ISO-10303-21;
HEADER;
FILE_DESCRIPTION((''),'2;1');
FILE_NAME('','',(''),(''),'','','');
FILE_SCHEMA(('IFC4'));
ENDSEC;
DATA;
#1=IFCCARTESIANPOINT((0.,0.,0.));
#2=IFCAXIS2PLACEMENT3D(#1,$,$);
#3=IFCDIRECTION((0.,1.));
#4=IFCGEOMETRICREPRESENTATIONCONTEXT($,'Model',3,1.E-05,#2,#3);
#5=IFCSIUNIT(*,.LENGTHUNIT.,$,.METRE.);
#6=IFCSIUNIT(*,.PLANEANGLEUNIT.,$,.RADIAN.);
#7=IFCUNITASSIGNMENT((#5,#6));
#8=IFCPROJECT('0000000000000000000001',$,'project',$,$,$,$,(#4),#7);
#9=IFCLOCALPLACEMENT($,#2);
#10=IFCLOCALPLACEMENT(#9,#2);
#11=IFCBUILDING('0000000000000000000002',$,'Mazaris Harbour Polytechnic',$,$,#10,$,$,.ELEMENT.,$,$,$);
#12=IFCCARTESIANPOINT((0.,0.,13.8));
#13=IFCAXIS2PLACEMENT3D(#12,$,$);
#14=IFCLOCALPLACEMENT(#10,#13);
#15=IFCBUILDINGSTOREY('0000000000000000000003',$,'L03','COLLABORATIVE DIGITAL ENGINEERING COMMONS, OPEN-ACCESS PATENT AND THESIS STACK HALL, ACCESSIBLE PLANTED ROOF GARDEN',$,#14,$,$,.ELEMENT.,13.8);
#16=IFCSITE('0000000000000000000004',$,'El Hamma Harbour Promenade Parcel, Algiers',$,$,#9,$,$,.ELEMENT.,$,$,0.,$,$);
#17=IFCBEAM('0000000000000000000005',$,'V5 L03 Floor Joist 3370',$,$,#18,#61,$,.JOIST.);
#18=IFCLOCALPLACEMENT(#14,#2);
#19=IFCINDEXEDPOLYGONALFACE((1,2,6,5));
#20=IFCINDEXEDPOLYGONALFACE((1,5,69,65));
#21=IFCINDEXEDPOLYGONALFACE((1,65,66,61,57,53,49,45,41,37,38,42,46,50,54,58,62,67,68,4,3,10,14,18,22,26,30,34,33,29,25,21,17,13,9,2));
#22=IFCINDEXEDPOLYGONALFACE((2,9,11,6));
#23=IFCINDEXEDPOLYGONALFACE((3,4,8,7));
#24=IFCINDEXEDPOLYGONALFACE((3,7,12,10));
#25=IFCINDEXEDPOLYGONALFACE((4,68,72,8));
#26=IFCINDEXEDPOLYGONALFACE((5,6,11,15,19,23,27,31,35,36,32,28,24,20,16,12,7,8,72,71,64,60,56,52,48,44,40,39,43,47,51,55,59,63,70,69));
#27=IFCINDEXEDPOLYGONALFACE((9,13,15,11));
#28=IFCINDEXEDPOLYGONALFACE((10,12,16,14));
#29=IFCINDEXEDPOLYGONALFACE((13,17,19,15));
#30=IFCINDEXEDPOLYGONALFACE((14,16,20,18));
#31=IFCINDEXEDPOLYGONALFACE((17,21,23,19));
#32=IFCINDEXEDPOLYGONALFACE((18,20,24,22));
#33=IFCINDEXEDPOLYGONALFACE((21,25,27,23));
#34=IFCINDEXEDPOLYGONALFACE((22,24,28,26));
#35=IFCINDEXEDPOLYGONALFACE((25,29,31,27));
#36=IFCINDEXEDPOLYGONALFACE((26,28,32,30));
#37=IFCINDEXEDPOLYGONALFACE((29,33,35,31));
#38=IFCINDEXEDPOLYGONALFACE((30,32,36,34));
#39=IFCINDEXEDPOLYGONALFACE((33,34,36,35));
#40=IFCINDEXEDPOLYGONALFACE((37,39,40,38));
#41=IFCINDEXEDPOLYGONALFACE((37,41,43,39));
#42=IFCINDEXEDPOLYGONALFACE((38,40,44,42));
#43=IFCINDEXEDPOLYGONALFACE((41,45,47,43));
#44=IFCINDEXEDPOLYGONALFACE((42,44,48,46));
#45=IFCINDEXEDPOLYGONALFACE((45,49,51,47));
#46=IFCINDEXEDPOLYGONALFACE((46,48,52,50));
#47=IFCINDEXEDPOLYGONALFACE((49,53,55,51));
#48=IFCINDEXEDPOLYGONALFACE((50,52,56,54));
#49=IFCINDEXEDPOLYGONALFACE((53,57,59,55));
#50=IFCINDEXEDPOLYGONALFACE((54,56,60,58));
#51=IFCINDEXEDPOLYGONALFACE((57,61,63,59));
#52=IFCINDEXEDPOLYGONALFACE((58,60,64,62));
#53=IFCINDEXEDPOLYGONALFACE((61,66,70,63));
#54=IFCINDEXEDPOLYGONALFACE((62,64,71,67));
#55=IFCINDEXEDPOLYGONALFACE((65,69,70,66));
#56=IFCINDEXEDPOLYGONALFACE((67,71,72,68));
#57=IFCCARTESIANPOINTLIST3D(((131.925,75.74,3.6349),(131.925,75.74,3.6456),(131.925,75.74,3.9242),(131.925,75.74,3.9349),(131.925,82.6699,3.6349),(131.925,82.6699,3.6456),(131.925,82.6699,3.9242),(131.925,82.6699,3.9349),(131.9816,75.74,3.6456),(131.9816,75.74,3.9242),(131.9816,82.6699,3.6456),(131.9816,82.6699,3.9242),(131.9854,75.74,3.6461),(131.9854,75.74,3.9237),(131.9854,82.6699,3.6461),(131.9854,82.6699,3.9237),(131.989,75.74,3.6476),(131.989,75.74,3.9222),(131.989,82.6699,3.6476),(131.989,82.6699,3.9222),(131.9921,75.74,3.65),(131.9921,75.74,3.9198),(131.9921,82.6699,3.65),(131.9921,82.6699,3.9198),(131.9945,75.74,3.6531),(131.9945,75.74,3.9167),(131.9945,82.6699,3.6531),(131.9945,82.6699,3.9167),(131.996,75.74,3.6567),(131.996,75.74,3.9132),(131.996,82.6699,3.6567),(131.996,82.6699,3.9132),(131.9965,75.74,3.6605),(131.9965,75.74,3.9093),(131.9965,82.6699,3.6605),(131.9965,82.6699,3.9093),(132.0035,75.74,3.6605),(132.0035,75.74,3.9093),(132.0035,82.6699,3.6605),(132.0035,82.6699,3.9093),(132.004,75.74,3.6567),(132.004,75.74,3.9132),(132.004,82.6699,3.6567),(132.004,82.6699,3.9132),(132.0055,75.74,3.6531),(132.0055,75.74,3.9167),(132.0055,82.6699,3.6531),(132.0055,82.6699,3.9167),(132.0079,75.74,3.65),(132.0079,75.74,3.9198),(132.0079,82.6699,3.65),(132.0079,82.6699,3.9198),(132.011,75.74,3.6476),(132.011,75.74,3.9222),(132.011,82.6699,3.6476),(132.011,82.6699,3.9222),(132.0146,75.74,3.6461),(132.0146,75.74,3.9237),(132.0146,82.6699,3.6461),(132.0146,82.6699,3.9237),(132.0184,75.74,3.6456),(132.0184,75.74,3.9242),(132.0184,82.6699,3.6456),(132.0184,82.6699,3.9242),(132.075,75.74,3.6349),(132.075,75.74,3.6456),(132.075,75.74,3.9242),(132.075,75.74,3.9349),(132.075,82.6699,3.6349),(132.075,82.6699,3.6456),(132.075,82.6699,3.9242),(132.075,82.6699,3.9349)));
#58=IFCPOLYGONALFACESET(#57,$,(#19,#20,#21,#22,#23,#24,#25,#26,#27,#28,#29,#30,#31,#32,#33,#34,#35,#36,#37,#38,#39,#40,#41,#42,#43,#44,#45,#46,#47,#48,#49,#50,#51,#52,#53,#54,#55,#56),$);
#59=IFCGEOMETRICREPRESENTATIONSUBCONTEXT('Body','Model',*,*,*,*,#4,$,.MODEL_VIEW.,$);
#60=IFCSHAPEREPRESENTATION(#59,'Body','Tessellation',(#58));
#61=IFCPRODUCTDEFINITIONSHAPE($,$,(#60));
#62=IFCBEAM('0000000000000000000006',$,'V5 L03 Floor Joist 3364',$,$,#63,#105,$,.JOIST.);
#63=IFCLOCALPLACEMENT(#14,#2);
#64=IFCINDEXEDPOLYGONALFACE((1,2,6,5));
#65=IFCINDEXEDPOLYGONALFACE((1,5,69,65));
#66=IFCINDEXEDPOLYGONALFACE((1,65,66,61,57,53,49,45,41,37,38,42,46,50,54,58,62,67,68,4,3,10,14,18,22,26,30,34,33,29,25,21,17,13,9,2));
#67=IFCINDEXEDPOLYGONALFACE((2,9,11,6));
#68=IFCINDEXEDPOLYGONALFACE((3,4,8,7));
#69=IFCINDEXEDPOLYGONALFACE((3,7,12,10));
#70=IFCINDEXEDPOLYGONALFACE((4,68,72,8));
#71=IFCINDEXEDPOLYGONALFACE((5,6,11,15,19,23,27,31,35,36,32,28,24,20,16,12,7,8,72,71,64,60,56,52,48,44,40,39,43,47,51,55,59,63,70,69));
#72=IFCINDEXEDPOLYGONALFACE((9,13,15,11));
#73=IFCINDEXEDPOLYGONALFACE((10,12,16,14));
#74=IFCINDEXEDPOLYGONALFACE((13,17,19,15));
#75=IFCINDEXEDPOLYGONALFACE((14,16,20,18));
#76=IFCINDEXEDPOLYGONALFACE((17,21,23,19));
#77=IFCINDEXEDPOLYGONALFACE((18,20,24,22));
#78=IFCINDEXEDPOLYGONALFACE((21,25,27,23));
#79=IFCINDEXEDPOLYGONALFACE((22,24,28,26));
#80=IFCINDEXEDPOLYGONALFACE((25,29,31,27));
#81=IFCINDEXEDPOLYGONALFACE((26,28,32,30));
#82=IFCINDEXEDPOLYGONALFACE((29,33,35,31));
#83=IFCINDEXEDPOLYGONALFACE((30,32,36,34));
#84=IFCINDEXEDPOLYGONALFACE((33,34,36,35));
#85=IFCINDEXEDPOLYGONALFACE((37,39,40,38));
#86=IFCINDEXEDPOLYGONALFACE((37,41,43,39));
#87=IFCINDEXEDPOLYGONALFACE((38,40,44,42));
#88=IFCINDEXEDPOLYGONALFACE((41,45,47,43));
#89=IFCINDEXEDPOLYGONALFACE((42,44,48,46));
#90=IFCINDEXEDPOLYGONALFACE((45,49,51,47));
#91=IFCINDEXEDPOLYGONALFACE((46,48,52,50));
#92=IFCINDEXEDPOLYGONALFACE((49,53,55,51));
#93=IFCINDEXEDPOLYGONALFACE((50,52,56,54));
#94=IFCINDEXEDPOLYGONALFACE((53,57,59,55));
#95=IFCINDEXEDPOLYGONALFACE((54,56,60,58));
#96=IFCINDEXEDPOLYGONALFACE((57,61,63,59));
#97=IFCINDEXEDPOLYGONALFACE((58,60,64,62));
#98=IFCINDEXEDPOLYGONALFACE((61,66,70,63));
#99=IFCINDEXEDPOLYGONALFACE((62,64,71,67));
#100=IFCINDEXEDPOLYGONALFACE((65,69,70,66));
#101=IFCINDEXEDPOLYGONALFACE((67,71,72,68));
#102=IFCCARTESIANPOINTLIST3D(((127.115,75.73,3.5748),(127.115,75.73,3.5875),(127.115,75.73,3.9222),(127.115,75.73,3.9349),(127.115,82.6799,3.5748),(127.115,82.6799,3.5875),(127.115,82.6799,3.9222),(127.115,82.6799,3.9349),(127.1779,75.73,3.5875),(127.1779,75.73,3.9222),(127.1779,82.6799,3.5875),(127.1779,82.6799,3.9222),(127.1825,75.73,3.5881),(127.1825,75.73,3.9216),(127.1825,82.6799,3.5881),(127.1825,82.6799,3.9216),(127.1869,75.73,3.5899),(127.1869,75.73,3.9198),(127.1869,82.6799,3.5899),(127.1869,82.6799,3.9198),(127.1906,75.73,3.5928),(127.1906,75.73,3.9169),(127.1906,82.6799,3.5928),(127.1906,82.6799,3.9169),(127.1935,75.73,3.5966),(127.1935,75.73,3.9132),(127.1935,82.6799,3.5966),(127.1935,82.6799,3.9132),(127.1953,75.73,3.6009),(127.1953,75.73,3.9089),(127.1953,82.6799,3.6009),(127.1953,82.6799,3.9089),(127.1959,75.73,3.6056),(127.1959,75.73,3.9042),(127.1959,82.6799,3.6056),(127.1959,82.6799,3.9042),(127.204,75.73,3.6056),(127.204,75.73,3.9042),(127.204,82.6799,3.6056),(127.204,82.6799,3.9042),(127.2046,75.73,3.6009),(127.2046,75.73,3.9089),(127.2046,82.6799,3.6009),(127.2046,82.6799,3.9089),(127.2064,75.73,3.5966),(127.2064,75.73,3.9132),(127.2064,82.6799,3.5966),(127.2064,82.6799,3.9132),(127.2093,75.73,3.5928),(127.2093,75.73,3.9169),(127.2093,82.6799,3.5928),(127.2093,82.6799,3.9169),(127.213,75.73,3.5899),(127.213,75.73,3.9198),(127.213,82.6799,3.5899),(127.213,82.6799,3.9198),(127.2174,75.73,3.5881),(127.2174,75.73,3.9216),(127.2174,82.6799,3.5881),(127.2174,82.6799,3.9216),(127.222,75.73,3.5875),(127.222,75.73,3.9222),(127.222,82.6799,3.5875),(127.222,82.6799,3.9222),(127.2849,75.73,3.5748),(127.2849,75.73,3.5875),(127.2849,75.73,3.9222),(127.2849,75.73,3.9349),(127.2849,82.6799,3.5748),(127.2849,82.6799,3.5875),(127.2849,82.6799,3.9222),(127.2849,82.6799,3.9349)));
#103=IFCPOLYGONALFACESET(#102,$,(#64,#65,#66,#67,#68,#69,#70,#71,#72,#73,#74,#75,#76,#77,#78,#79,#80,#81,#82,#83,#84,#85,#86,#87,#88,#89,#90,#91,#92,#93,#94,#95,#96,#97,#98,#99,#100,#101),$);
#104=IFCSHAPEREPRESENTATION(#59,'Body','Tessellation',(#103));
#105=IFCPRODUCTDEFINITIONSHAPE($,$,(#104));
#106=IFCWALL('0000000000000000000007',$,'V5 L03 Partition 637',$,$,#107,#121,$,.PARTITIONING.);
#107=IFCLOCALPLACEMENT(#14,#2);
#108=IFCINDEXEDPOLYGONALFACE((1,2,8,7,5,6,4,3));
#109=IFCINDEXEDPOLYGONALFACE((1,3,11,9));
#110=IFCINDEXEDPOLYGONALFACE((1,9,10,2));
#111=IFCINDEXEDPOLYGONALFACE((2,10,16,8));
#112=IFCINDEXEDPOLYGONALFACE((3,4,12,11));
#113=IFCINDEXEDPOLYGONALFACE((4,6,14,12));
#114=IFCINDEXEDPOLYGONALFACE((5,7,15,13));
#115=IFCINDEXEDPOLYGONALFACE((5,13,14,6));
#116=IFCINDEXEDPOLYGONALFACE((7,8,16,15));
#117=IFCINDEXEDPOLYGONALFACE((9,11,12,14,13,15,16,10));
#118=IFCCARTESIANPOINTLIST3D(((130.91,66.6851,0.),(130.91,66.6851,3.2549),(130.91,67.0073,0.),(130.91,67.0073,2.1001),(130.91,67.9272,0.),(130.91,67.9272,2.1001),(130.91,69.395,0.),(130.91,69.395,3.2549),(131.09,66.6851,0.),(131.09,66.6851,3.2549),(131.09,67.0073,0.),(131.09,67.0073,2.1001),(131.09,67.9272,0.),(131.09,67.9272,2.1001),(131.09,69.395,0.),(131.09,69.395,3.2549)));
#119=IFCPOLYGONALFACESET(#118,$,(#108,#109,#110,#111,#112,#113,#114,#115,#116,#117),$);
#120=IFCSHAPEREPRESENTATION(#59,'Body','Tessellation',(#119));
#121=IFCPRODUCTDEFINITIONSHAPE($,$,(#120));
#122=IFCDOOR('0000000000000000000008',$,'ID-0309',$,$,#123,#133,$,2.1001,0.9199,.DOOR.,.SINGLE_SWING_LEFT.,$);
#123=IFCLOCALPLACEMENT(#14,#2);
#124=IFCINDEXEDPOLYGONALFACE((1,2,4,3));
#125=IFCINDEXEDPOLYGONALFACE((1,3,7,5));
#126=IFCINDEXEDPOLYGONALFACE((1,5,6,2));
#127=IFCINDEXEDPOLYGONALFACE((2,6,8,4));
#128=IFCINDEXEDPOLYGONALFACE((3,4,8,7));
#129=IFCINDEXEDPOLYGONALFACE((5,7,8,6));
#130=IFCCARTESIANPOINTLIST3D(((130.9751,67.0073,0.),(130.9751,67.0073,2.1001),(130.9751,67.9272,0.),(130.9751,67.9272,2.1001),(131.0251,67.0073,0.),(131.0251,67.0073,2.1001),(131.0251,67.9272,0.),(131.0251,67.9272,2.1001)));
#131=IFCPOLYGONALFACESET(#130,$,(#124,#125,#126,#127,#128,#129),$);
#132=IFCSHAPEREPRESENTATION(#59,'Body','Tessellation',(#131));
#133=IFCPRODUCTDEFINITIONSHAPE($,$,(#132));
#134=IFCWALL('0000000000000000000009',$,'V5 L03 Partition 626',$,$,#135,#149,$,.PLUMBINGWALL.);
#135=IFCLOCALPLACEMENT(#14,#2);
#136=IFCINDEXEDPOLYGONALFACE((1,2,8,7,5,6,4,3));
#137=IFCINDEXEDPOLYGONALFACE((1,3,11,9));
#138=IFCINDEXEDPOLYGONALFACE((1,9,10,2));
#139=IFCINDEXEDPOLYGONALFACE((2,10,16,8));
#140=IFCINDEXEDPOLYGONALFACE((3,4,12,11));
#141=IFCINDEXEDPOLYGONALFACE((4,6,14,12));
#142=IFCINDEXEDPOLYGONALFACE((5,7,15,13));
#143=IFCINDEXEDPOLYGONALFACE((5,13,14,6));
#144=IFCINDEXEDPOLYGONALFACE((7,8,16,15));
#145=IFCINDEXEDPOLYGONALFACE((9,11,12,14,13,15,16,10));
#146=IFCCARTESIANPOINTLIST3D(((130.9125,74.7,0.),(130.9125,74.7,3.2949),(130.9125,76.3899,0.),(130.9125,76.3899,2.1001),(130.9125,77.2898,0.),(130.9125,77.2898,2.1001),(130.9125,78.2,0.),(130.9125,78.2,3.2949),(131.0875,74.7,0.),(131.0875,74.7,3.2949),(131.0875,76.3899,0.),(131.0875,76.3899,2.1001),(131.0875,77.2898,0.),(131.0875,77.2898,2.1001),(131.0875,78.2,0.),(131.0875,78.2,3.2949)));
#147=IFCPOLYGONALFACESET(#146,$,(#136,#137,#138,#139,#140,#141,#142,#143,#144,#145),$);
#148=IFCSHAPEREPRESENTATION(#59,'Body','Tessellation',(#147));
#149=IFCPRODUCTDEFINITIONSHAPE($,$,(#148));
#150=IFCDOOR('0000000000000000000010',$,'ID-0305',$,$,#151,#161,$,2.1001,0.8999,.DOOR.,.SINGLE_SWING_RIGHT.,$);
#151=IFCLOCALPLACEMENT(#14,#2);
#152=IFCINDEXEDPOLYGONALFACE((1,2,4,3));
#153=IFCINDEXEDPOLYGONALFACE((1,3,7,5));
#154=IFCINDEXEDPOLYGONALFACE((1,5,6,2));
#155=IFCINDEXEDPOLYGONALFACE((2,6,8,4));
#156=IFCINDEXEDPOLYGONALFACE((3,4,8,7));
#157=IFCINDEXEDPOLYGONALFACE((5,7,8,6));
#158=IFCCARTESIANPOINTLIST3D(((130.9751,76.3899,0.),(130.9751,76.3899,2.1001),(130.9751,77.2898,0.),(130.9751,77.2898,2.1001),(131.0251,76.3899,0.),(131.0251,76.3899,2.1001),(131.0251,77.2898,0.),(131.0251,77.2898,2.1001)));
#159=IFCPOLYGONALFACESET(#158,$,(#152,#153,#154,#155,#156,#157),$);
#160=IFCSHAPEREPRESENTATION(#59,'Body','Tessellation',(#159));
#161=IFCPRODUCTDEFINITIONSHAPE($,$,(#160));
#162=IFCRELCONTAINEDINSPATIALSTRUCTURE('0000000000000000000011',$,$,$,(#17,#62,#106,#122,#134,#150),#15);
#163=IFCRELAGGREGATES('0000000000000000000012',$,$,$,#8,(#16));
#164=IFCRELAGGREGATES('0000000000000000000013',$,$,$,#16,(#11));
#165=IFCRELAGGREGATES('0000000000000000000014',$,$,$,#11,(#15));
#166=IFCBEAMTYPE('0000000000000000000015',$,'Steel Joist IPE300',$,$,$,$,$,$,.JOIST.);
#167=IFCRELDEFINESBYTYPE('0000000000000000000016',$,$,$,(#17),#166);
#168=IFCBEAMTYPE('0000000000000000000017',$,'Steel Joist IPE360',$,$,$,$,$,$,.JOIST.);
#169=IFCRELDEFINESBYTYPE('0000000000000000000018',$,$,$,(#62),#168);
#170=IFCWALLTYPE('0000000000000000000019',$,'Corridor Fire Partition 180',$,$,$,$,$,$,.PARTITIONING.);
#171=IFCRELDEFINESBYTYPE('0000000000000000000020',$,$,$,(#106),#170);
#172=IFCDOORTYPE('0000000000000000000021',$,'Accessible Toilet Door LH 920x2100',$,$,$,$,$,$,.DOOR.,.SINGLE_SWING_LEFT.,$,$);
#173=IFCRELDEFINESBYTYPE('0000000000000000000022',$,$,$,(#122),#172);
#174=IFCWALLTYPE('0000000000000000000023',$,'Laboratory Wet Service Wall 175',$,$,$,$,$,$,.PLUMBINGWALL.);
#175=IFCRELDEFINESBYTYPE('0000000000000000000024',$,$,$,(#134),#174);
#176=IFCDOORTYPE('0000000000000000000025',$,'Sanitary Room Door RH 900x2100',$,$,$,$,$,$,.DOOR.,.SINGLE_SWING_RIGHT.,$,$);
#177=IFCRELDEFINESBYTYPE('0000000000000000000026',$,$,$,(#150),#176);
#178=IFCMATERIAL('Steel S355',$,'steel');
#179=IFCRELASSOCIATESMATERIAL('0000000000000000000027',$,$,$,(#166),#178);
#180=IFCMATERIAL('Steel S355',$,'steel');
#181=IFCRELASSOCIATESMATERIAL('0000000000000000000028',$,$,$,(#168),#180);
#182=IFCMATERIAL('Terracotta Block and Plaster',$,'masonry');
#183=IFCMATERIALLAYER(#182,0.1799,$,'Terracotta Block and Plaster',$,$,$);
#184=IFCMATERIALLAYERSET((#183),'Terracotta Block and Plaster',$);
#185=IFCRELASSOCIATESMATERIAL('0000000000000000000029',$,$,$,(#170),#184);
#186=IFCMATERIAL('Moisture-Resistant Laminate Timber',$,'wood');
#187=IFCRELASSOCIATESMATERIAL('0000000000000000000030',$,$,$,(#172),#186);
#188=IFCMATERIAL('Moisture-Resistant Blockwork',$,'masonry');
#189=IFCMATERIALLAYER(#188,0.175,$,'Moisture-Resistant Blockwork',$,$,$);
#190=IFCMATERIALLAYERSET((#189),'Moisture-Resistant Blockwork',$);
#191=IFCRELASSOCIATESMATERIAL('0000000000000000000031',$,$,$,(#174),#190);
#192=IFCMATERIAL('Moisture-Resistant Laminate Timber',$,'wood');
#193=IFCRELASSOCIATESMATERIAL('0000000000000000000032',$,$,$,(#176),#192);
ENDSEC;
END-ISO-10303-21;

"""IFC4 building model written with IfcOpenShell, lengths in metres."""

from ifc_helpers import new_model, si_unit, direction, frame, frame_2d, origin, origin_2d, place, context, subcontext, project, spatial, rectangle, i_section, extrude, material, layer, layer_set, material_profile, profile_set, type_object, element, fill, save


model = new_model("IFC4")

# Units and contexts
model_context = context("Model", 3, precision=1e-05, world=origin(), true_north=direction((0.0, 1.0)))
body_context = subcontext(model_context, "Body", "Model", "MODEL_VIEW")
ifc_project = project(units=[si_unit("LENGTHUNIT", "METRE"), si_unit("PLANEANGLEUNIT", "RADIAN")], contexts=[model_context])

# Site, building, storey
site_placement = place(None, origin())
site = spatial("IfcSite", under=ifc_project, at=site_placement, Name="El Hamma Harbour Promenade Parcel, Algiers", CompositionType="ELEMENT", RefElevation=0.0)
building_placement = place(site_placement, origin())
building = spatial("IfcBuilding", under=site, at=building_placement, Name="Mazaris Harbour Polytechnic", CompositionType="ELEMENT")
storey_placement = place(building_placement, frame((0.0, 0.0, 13.8)))
storey = spatial("IfcBuildingStorey", under=building, at=storey_placement, Name="L03", Description="COLLABORATIVE DIGITAL ENGINEERING COMMONS, OPEN-ACCESS PATENT AND THESIS STACK HALL, ACCESSIBLE PLANTED ROOF GARDEN", CompositionType="ELEMENT", Elevation=13.8)

# Beams
ifc_material_1 = material(Name="Steel S355", Category="steel")
ifc_material_profile_1 = material_profile(ifc_material_1, i_section(OverallWidth=0.1499, OverallDepth=0.3, WebThickness=0.0071, FlangeThickness=0.0107, FilletRadius=0.0149, at=origin_2d()), Name="IPE 300")
ifc_profile_set_1 = profile_set([ifc_material_profile_1], Name="Steel S355")
beam_type_1 = type_object("IfcBeamType", Name="Steel Joist IPE300", PredefinedType="JOIST", material=ifc_profile_set_1)
beam_1_placement = place(storey_placement, frame((132.0, 75.74, 3.7849), z_axis=(0.0, 1.0, 0.0), x_axis=(-1.0, 0.0, 0.0)))
element("IfcBeam", 1, at=beam_1_placement, inside=storey, type_object=beam_type_1, Name="V5 L03 Floor Joist 3370", PredefinedType="JOIST", context=body_context, shape_type="SweptSolid", body=[
    extrude(i_section(OverallWidth=0.1499, OverallDepth=0.3, WebThickness=0.0071, FlangeThickness=0.0107, FilletRadius=0.0149, at=origin_2d()), origin(), (0.0, 0.0, 1.0), 6.9299),
])
ifc_material_2 = material(Name="Steel S355", Category="steel")
ifc_material_profile_2 = material_profile(ifc_material_2, i_section(OverallWidth=0.1699, OverallDepth=0.3601, WebThickness=0.0081, FlangeThickness=0.0127, FilletRadius=0.0181, at=origin_2d()), Name="IPE 360")
ifc_profile_set_2 = profile_set([ifc_material_profile_2], Name="Steel S355")
beam_type_2 = type_object("IfcBeamType", Name="Steel Joist IPE360", PredefinedType="JOIST", material=ifc_profile_set_2)
beam_2_placement = place(storey_placement, frame((127.2, 75.73, 3.7549), z_axis=(0.0, 1.0, 0.0), x_axis=(-1.0, 0.0, 0.0)))
element("IfcBeam", 2, at=beam_2_placement, inside=storey, type_object=beam_type_2, Name="V5 L03 Floor Joist 3364", PredefinedType="JOIST", context=body_context, shape_type="SweptSolid", body=[
    extrude(i_section(OverallWidth=0.1699, OverallDepth=0.3601, WebThickness=0.0081, FlangeThickness=0.0127, FilletRadius=0.0181, at=origin_2d()), origin(), (0.0, 0.0, 1.0), 6.95),
])

# Walls, openings, doors
ifc_material_3 = material(Name="Terracotta Block and Plaster", Category="masonry")
ifc_layer_1 = layer(ifc_material_3, 0.1799, Name="Terracotta Block and Plaster")
ifc_layer_set_1 = layer_set([ifc_layer_1], Name="Terracotta Block and Plaster")
wall_type_1 = type_object("IfcWallType", Name="Corridor Fire Partition 180", PredefinedType="PARTITIONING", material=ifc_layer_set_1)
wall_1_placement = place(storey_placement, frame((131.0, 66.6851, 0.0), z_axis=(0.0, 0.0, 1.0), x_axis=(0.0, 1.0, 0.0)))
wall_1 = element("IfcWall", 3, at=wall_1_placement, inside=storey, type_object=wall_type_1, Name="V5 L03 Partition 637", PredefinedType="PARTITIONING", context=body_context, shape_type="SweptSolid", body=[
    extrude(rectangle(XDim=2.71, YDim=0.1799, at=frame_2d((1.355, 0.0))), origin(), (0.0, 0.0, 1.0), 3.2549),
])
opening_1_placement = place(wall_1_placement, frame((0.3223, 0.0, 0.0)))
opening_1 = element("IfcOpeningElement", 4, at=opening_1_placement, cuts=wall_1, PredefinedType="OPENING", context=body_context, shape_type="SweptSolid", body=[
    extrude(rectangle(XDim=0.9199, YDim=2.1001, at=frame_2d((0.46, 1.05))), frame((0.0, 0.0999, 0.0), z_axis=(0.0, -1.0, 0.0), x_axis=(1.0, 0.0, 0.0)), (0.0, 0.0, 1.0), 0.2),
])
ifc_material_4 = material(Name="Moisture-Resistant Laminate Timber", Category="wood")
door_type_1 = type_object("IfcDoorType", Name="Accessible Toilet Door LH 920x2100", OperationType="SINGLE_SWING_LEFT", PredefinedType="DOOR", material=ifc_material_4)
door_1_placement = place(opening_1_placement, origin())
door_1 = element("IfcDoor", 5, at=door_1_placement, inside=storey, type_object=door_type_1, Name="ID-0309", OperationType="SINGLE_SWING_LEFT", OverallHeight=2.1001, OverallWidth=0.9199, PredefinedType="DOOR", context=body_context, shape_type="SweptSolid", body=[
    extrude(rectangle(XDim=0.9199, YDim=2.1001, at=frame_2d((0.46, 1.05))), frame((0.0, 0.0249, 0.0), z_axis=(0.0, -1.0, 0.0), x_axis=(1.0, 0.0, 0.0)), (0.0, 0.0, 1.0), 0.05),
])
fill(opening_1, door_1)
ifc_material_5 = material(Name="Moisture-Resistant Blockwork", Category="masonry")
ifc_layer_2 = layer(ifc_material_5, 0.175, Name="Moisture-Resistant Blockwork")
ifc_layer_set_2 = layer_set([ifc_layer_2], Name="Moisture-Resistant Blockwork")
wall_type_2 = type_object("IfcWallType", Name="Laboratory Wet Service Wall 175", PredefinedType="PLUMBINGWALL", material=ifc_layer_set_2)
wall_2_placement = place(storey_placement, frame((131.0, 74.7, 0.0), z_axis=(0.0, 0.0, 1.0), x_axis=(0.0, 1.0, 0.0)))
wall_2 = element("IfcWall", 6, at=wall_2_placement, inside=storey, type_object=wall_type_2, Name="V5 L03 Partition 626", PredefinedType="PLUMBINGWALL", context=body_context, shape_type="SweptSolid", body=[
    extrude(rectangle(XDim=3.5, YDim=0.175, at=frame_2d((1.75, 0.0))), origin(), (0.0, 0.0, 1.0), 3.2949),
])
opening_2_placement = place(wall_2_placement, frame((1.6899, 0.0, 0.0)))
opening_2 = element("IfcOpeningElement", 7, at=opening_2_placement, cuts=wall_2, PredefinedType="OPENING", context=body_context, shape_type="SweptSolid", body=[
    extrude(rectangle(XDim=0.8999, YDim=2.1001, at=frame_2d((0.45, 1.05))), frame((0.0, 0.0974, 0.0), z_axis=(0.0, -1.0, 0.0), x_axis=(1.0, 0.0, 0.0)), (0.0, 0.0, 1.0), 0.1951),
])
ifc_material_6 = material(Name="Moisture-Resistant Laminate Timber", Category="wood")
door_type_2 = type_object("IfcDoorType", Name="Sanitary Room Door RH 900x2100", OperationType="SINGLE_SWING_RIGHT", PredefinedType="DOOR", material=ifc_material_6)
door_2_placement = place(opening_2_placement, origin())
door_2 = element("IfcDoor", 8, at=door_2_placement, inside=storey, type_object=door_type_2, Name="ID-0305", OperationType="SINGLE_SWING_RIGHT", OverallHeight=2.1001, OverallWidth=0.8999, PredefinedType="DOOR", context=body_context, shape_type="SweptSolid", body=[
    extrude(rectangle(XDim=0.8999, YDim=2.1001, at=frame_2d((0.45, 1.05))), frame((0.0, 0.0249, 0.0), z_axis=(0.0, -1.0, 0.0), x_axis=(1.0, 0.0, 0.0)), (0.0, 0.0, 1.0), 0.05),
])
fill(opening_2, door_2)

save(model, "model.ifc")
